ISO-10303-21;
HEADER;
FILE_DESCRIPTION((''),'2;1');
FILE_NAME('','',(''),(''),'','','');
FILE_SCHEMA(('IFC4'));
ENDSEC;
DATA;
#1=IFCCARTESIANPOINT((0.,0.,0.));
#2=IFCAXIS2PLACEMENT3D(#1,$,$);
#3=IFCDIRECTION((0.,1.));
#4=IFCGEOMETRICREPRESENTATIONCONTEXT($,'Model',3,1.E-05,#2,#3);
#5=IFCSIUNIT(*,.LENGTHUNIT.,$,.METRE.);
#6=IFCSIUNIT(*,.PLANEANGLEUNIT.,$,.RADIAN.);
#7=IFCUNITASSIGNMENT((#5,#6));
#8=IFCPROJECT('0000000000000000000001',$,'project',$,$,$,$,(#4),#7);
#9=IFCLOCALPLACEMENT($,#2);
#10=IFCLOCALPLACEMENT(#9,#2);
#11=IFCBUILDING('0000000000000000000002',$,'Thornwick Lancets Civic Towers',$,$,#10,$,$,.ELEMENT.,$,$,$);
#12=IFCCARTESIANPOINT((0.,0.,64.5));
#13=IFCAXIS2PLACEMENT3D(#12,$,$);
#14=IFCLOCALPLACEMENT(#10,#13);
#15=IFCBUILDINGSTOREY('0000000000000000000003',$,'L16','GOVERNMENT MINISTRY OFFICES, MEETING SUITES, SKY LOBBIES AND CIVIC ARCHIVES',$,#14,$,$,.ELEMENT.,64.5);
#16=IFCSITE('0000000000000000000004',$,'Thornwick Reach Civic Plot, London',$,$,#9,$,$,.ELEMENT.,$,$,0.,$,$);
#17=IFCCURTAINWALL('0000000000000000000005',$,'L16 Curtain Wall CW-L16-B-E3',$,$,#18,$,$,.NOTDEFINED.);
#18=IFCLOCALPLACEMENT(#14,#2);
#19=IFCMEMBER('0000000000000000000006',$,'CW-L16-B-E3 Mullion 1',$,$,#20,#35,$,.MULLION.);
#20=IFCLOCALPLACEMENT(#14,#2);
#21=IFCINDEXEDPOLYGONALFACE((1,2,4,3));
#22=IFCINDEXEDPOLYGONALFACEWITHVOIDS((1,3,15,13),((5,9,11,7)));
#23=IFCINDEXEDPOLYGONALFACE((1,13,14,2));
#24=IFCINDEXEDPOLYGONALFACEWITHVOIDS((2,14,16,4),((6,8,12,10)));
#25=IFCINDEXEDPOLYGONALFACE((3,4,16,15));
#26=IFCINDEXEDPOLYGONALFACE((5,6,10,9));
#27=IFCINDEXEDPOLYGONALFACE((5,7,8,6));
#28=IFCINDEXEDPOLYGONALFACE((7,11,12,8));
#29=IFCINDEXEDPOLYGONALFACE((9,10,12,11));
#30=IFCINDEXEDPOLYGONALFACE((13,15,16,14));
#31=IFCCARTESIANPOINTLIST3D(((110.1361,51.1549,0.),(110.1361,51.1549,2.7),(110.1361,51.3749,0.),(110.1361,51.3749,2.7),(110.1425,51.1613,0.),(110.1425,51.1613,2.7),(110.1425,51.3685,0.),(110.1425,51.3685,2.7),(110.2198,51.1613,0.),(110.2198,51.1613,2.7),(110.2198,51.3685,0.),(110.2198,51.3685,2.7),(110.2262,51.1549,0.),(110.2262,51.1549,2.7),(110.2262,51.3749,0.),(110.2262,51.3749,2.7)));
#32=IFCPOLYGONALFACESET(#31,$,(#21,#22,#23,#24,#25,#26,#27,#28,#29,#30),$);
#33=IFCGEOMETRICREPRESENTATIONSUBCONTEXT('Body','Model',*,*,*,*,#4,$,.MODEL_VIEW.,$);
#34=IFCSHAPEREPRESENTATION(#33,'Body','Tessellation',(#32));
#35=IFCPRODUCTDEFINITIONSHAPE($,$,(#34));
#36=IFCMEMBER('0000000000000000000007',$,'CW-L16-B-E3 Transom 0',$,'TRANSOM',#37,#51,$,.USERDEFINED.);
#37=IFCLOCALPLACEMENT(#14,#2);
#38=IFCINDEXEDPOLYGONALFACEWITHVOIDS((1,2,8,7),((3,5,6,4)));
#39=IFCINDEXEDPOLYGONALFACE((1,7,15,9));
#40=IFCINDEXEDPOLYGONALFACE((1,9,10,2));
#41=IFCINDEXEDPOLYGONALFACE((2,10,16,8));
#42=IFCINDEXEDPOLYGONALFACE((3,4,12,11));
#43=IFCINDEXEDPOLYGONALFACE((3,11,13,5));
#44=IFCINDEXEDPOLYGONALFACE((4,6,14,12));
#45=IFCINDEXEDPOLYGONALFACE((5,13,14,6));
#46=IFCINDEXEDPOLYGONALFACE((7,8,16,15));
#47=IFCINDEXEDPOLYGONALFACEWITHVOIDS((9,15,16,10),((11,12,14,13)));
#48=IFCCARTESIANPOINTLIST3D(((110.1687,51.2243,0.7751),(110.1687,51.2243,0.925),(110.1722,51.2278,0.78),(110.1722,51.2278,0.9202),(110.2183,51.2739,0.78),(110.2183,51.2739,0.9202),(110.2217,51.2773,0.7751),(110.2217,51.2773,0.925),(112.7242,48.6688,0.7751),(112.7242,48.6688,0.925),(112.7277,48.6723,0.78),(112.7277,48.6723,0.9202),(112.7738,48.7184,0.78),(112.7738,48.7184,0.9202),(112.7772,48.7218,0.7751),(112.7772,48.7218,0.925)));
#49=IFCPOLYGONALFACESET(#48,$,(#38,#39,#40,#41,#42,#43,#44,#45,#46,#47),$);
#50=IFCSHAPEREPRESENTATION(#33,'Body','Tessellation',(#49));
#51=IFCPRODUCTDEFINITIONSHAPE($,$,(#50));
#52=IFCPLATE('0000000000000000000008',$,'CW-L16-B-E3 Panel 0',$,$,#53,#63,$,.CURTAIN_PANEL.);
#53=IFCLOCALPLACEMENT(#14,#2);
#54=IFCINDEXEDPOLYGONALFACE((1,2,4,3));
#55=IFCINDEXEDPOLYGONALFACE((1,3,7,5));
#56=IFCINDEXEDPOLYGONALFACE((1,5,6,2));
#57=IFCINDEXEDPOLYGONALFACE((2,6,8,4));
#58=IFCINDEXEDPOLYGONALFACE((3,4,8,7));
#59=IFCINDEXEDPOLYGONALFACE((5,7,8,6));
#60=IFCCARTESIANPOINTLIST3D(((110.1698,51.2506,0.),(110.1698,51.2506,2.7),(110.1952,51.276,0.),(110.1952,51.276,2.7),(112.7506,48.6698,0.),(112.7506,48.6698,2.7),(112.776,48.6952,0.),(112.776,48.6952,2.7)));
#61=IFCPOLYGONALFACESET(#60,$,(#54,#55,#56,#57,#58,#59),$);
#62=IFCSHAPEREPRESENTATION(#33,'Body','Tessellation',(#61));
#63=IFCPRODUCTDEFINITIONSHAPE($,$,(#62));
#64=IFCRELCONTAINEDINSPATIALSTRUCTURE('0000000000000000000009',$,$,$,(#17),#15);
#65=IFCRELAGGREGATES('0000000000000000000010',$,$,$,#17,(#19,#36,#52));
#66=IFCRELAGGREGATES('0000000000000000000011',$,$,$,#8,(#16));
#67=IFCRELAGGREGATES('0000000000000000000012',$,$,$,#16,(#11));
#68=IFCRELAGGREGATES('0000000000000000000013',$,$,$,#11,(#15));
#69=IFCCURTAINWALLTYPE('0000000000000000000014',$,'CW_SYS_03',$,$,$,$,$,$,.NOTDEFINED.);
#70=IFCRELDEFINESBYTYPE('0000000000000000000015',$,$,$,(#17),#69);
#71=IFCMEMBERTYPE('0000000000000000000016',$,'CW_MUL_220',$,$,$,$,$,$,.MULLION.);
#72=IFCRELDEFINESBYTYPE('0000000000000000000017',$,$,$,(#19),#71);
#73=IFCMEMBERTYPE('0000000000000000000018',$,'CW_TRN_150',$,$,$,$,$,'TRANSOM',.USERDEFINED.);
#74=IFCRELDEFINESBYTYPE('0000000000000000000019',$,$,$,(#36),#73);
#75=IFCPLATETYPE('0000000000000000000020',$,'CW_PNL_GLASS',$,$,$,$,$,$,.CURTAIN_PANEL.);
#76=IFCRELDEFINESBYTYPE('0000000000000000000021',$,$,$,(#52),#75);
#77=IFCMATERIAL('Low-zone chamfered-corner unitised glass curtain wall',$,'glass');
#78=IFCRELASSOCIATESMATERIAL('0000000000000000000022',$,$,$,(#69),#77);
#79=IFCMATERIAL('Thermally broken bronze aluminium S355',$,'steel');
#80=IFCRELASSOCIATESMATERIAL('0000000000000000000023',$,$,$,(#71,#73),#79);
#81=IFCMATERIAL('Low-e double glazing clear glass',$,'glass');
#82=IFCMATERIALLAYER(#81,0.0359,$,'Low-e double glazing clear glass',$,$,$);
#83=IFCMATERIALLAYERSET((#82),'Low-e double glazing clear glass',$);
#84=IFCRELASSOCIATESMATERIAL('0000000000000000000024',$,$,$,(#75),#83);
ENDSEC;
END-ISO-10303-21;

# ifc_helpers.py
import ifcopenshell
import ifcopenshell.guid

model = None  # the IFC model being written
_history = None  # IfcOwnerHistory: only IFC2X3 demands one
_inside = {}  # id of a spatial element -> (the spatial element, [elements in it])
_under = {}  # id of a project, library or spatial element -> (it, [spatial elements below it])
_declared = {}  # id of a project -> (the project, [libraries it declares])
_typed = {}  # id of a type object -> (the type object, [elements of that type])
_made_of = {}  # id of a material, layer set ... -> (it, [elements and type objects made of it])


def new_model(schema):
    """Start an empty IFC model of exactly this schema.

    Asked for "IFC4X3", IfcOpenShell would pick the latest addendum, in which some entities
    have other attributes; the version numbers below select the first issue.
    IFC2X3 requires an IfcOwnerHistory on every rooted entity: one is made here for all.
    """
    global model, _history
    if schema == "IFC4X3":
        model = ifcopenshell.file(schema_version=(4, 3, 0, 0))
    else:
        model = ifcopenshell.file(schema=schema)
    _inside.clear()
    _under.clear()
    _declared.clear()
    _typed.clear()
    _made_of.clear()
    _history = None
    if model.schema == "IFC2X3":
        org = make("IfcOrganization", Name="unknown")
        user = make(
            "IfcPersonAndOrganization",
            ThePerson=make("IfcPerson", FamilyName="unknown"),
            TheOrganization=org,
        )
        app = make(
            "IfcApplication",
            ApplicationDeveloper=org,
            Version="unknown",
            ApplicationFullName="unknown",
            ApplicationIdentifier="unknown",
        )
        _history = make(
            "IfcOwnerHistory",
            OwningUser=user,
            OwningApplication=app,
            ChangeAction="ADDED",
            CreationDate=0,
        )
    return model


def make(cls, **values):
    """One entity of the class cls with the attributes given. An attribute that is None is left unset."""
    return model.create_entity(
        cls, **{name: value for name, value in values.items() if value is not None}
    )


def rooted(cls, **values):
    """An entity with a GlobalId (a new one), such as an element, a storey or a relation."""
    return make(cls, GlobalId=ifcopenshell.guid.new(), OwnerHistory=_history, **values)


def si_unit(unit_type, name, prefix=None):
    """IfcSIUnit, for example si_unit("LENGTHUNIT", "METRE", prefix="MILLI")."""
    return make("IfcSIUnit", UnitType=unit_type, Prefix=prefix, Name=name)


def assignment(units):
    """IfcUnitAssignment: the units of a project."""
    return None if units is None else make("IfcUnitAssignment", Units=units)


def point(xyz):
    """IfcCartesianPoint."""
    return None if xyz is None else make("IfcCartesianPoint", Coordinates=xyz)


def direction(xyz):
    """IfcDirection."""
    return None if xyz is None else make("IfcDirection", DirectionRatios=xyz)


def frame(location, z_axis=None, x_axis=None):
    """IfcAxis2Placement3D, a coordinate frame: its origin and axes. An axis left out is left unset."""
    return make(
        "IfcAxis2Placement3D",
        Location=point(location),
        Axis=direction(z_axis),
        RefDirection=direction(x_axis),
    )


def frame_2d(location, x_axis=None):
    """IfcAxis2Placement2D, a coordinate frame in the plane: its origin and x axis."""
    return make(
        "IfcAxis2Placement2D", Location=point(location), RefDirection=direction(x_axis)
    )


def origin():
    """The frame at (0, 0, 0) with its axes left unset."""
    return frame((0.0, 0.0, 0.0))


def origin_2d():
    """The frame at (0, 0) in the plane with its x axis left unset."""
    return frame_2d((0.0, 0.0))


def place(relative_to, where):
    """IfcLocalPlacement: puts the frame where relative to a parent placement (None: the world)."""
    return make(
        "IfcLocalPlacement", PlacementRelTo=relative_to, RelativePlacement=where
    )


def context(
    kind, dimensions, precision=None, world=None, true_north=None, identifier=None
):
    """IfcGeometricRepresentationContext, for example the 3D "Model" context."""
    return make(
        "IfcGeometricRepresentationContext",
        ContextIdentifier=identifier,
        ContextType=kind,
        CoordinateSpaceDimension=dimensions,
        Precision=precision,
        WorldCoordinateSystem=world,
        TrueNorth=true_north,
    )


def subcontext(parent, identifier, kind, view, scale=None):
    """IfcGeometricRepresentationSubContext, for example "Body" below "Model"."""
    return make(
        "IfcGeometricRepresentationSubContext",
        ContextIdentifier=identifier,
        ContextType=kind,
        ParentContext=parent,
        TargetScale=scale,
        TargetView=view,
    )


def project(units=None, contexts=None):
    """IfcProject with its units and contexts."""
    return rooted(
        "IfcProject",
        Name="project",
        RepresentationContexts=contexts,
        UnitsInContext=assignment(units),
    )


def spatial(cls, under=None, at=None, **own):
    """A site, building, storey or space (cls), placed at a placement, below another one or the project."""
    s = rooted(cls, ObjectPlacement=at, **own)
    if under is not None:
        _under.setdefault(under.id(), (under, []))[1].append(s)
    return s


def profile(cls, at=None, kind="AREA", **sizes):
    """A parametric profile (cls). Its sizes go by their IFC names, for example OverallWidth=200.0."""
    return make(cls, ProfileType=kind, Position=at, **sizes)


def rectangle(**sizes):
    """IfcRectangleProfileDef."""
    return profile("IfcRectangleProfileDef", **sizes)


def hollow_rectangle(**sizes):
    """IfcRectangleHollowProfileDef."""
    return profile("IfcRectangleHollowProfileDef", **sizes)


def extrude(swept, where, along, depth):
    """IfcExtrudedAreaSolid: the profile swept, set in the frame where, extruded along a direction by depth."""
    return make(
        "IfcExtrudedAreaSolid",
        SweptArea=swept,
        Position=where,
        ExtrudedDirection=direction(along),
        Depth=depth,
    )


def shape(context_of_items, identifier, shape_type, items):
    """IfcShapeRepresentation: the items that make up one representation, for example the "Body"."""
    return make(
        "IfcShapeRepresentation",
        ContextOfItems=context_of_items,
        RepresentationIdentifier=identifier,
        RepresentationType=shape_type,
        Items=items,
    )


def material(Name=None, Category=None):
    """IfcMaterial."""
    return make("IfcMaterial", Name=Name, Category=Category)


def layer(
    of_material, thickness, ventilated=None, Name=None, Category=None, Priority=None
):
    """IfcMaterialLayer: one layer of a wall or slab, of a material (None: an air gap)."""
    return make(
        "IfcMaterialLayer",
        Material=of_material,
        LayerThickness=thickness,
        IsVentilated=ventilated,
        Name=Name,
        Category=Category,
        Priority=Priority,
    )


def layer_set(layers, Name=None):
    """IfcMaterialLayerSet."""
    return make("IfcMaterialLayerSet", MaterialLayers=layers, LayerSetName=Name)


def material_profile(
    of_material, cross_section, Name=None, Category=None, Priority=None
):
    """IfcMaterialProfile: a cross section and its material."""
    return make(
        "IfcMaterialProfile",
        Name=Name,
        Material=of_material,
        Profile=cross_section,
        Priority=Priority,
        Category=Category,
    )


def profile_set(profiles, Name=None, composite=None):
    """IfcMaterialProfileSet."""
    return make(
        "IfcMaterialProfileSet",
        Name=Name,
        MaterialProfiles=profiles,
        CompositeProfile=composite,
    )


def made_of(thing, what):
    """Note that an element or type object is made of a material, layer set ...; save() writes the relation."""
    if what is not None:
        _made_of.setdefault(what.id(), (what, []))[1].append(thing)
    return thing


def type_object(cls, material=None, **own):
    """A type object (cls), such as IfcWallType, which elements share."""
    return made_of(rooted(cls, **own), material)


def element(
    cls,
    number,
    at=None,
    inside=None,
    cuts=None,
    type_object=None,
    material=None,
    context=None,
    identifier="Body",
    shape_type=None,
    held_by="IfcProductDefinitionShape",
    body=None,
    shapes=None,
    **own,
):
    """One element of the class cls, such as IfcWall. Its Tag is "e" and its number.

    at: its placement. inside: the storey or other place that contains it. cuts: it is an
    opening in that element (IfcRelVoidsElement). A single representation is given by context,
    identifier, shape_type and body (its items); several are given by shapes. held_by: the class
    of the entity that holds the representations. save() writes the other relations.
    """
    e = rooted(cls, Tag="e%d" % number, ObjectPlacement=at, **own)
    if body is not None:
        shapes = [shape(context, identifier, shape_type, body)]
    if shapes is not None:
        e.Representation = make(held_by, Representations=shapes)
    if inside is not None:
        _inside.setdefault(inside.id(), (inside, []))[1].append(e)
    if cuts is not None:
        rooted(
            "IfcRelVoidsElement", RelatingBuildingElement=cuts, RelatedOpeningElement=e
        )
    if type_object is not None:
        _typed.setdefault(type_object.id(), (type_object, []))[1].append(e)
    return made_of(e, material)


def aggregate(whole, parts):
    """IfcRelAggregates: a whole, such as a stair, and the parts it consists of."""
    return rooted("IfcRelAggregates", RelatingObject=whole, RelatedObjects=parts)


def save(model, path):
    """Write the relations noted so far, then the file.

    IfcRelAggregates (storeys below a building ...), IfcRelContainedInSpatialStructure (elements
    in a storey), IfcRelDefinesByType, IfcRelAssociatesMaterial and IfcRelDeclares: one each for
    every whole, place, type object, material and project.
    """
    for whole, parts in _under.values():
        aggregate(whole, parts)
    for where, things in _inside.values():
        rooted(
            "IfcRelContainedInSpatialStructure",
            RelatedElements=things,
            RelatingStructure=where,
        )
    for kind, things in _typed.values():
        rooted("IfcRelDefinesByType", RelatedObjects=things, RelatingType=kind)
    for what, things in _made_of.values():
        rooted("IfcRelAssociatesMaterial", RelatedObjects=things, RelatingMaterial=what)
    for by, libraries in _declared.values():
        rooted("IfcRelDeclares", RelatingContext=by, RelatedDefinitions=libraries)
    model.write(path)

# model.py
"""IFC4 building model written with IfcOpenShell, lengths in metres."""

from ifc_helpers import new_model, si_unit, direction, frame, origin, origin_2d, place, context, subcontext, project, spatial, rectangle, hollow_rectangle, extrude, material, layer, layer_set, material_profile, profile_set, type_object, element, aggregate, save


model = new_model("IFC4")

# Units and contexts
model_context = context("Model", 3, precision=1e-05, world=origin(), true_north=direction((0.0, 1.0)))
body_context = subcontext(model_context, "Body", "Model", "MODEL_VIEW")
ifc_project = project(units=[si_unit("LENGTHUNIT", "METRE"), si_unit("PLANEANGLEUNIT", "RADIAN")], contexts=[model_context])

# Site, building, storey
site_placement = place(None, origin())
site = spatial("IfcSite", under=ifc_project, at=site_placement, Name="Thornwick Reach Civic Plot, London", CompositionType="ELEMENT", RefElevation=0.0)
building_placement = place(site_placement, origin())
building = spatial("IfcBuilding", under=site, at=building_placement, Name="Thornwick Lancets Civic Towers", CompositionType="ELEMENT")
storey_placement = place(building_placement, frame((0.0, 0.0, 64.5)))
storey = spatial("IfcBuildingStorey", under=building, at=storey_placement, Name="L16", Description="GOVERNMENT MINISTRY OFFICES, MEETING SUITES, SKY LOBBIES AND CIVIC ARCHIVES", CompositionType="ELEMENT", Elevation=64.5)

# Curtain wall, members, plate
ifc_material_1 = material(Name="Low-zone chamfered-corner unitised glass curtain wall", Category="glass")
curtain_wall_type = type_object("IfcCurtainWallType", Name="CW_SYS_03", PredefinedType="NOTDEFINED", material=ifc_material_1)
curtain_wall_placement = place(storey_placement, origin())
curtain_wall = element("IfcCurtainWall", 1, at=curtain_wall_placement, inside=storey, type_object=curtain_wall_type, Name="L16 Curtain Wall CW-L16-B-E3", PredefinedType="NOTDEFINED")
ifc_material_2 = material(Name="Thermally broken bronze aluminium S355", Category="steel")
ifc_material_profile_1 = material_profile(ifc_material_2, hollow_rectangle(XDim=0.0901, YDim=0.22, WallThickness=0.0063, at=origin_2d()), Name="RHS 220x90x6.3")
ifc_profile_set_1 = profile_set([ifc_material_profile_1], Name="Thermally broken bronze aluminium S355")
member_type_1 = type_object("IfcMemberType", Name="CW_MUL_220", PredefinedType="MULLION", material=ifc_profile_set_1)
member_1_placement = place(storey_placement, frame((110.1812, 51.2649, 0.0), z_axis=(0.0, 0.0, 1.0), x_axis=(1.0, 0.0, 0.0)))
member_1 = element("IfcMember", 2, at=member_1_placement, type_object=member_type_1, Name="CW-L16-B-E3 Mullion 1", PredefinedType="MULLION", context=body_context, shape_type="SweptSolid", body=[
    extrude(hollow_rectangle(XDim=0.0901, YDim=0.22, WallThickness=0.0063, at=origin_2d()), origin(), (0.0, 0.0, 1.0), 2.7),
])
ifc_material_profile_2 = material_profile(ifc_material_2, hollow_rectangle(XDim=0.075, YDim=0.1499, WallThickness=0.0049, at=origin_2d()), Name="RHS 150x75x5")
ifc_profile_set_2 = profile_set([ifc_material_profile_2], Name="Thermally broken bronze aluminium S355")
member_type_2 = type_object("IfcMemberType", Name="CW_TRN_150", ElementType="TRANSOM", PredefinedType="USERDEFINED", material=ifc_profile_set_2)
member_2_placement = place(storey_placement, frame((112.7507, 48.6953, 0.8501), z_axis=(-0.707107, 0.707107, 0.0), x_axis=(-0.707107, -0.707107, 0.0)))
member_2 = element("IfcMember", 3, at=member_2_placement, type_object=member_type_2, Name="CW-L16-B-E3 Transom 0", ObjectType="TRANSOM", PredefinedType="USERDEFINED", context=body_context, shape_type="SweptSolid", body=[
    extrude(hollow_rectangle(XDim=0.075, YDim=0.1499, WallThickness=0.0049, at=origin_2d()), origin(), (0.0, 0.0, 1.0), 3.614),
])
ifc_material_3 = material(Name="Low-e double glazing clear glass", Category="glass")
ifc_layer_1 = layer(ifc_material_3, 0.0359, Name="Low-e double glazing clear glass")
ifc_layer_set_1 = layer_set([ifc_layer_1], Name="Low-e double glazing clear glass")
plate_type = type_object("IfcPlateType", Name="CW_PNL_GLASS", PredefinedType="CURTAIN_PANEL", material=ifc_layer_set_1)
plate_placement = place(storey_placement, frame((111.4729, 49.9729, 0.0), z_axis=(0.0, 0.0, 1.0), x_axis=(-0.707107, 0.707107, 0.0)))
plate = element("IfcPlate", 4, at=plate_placement, type_object=plate_type, Name="CW-L16-B-E3 Panel 0", PredefinedType="CURTAIN_PANEL", context=body_context, shape_type="SweptSolid", body=[
    extrude(rectangle(XDim=3.6499, YDim=0.0359, at=origin_2d()), origin(), (0.0, 0.0, 1.0), 2.7),
])
aggregate(curtain_wall, [member_1, member_2, plate])

save(model, "model.ifc")
